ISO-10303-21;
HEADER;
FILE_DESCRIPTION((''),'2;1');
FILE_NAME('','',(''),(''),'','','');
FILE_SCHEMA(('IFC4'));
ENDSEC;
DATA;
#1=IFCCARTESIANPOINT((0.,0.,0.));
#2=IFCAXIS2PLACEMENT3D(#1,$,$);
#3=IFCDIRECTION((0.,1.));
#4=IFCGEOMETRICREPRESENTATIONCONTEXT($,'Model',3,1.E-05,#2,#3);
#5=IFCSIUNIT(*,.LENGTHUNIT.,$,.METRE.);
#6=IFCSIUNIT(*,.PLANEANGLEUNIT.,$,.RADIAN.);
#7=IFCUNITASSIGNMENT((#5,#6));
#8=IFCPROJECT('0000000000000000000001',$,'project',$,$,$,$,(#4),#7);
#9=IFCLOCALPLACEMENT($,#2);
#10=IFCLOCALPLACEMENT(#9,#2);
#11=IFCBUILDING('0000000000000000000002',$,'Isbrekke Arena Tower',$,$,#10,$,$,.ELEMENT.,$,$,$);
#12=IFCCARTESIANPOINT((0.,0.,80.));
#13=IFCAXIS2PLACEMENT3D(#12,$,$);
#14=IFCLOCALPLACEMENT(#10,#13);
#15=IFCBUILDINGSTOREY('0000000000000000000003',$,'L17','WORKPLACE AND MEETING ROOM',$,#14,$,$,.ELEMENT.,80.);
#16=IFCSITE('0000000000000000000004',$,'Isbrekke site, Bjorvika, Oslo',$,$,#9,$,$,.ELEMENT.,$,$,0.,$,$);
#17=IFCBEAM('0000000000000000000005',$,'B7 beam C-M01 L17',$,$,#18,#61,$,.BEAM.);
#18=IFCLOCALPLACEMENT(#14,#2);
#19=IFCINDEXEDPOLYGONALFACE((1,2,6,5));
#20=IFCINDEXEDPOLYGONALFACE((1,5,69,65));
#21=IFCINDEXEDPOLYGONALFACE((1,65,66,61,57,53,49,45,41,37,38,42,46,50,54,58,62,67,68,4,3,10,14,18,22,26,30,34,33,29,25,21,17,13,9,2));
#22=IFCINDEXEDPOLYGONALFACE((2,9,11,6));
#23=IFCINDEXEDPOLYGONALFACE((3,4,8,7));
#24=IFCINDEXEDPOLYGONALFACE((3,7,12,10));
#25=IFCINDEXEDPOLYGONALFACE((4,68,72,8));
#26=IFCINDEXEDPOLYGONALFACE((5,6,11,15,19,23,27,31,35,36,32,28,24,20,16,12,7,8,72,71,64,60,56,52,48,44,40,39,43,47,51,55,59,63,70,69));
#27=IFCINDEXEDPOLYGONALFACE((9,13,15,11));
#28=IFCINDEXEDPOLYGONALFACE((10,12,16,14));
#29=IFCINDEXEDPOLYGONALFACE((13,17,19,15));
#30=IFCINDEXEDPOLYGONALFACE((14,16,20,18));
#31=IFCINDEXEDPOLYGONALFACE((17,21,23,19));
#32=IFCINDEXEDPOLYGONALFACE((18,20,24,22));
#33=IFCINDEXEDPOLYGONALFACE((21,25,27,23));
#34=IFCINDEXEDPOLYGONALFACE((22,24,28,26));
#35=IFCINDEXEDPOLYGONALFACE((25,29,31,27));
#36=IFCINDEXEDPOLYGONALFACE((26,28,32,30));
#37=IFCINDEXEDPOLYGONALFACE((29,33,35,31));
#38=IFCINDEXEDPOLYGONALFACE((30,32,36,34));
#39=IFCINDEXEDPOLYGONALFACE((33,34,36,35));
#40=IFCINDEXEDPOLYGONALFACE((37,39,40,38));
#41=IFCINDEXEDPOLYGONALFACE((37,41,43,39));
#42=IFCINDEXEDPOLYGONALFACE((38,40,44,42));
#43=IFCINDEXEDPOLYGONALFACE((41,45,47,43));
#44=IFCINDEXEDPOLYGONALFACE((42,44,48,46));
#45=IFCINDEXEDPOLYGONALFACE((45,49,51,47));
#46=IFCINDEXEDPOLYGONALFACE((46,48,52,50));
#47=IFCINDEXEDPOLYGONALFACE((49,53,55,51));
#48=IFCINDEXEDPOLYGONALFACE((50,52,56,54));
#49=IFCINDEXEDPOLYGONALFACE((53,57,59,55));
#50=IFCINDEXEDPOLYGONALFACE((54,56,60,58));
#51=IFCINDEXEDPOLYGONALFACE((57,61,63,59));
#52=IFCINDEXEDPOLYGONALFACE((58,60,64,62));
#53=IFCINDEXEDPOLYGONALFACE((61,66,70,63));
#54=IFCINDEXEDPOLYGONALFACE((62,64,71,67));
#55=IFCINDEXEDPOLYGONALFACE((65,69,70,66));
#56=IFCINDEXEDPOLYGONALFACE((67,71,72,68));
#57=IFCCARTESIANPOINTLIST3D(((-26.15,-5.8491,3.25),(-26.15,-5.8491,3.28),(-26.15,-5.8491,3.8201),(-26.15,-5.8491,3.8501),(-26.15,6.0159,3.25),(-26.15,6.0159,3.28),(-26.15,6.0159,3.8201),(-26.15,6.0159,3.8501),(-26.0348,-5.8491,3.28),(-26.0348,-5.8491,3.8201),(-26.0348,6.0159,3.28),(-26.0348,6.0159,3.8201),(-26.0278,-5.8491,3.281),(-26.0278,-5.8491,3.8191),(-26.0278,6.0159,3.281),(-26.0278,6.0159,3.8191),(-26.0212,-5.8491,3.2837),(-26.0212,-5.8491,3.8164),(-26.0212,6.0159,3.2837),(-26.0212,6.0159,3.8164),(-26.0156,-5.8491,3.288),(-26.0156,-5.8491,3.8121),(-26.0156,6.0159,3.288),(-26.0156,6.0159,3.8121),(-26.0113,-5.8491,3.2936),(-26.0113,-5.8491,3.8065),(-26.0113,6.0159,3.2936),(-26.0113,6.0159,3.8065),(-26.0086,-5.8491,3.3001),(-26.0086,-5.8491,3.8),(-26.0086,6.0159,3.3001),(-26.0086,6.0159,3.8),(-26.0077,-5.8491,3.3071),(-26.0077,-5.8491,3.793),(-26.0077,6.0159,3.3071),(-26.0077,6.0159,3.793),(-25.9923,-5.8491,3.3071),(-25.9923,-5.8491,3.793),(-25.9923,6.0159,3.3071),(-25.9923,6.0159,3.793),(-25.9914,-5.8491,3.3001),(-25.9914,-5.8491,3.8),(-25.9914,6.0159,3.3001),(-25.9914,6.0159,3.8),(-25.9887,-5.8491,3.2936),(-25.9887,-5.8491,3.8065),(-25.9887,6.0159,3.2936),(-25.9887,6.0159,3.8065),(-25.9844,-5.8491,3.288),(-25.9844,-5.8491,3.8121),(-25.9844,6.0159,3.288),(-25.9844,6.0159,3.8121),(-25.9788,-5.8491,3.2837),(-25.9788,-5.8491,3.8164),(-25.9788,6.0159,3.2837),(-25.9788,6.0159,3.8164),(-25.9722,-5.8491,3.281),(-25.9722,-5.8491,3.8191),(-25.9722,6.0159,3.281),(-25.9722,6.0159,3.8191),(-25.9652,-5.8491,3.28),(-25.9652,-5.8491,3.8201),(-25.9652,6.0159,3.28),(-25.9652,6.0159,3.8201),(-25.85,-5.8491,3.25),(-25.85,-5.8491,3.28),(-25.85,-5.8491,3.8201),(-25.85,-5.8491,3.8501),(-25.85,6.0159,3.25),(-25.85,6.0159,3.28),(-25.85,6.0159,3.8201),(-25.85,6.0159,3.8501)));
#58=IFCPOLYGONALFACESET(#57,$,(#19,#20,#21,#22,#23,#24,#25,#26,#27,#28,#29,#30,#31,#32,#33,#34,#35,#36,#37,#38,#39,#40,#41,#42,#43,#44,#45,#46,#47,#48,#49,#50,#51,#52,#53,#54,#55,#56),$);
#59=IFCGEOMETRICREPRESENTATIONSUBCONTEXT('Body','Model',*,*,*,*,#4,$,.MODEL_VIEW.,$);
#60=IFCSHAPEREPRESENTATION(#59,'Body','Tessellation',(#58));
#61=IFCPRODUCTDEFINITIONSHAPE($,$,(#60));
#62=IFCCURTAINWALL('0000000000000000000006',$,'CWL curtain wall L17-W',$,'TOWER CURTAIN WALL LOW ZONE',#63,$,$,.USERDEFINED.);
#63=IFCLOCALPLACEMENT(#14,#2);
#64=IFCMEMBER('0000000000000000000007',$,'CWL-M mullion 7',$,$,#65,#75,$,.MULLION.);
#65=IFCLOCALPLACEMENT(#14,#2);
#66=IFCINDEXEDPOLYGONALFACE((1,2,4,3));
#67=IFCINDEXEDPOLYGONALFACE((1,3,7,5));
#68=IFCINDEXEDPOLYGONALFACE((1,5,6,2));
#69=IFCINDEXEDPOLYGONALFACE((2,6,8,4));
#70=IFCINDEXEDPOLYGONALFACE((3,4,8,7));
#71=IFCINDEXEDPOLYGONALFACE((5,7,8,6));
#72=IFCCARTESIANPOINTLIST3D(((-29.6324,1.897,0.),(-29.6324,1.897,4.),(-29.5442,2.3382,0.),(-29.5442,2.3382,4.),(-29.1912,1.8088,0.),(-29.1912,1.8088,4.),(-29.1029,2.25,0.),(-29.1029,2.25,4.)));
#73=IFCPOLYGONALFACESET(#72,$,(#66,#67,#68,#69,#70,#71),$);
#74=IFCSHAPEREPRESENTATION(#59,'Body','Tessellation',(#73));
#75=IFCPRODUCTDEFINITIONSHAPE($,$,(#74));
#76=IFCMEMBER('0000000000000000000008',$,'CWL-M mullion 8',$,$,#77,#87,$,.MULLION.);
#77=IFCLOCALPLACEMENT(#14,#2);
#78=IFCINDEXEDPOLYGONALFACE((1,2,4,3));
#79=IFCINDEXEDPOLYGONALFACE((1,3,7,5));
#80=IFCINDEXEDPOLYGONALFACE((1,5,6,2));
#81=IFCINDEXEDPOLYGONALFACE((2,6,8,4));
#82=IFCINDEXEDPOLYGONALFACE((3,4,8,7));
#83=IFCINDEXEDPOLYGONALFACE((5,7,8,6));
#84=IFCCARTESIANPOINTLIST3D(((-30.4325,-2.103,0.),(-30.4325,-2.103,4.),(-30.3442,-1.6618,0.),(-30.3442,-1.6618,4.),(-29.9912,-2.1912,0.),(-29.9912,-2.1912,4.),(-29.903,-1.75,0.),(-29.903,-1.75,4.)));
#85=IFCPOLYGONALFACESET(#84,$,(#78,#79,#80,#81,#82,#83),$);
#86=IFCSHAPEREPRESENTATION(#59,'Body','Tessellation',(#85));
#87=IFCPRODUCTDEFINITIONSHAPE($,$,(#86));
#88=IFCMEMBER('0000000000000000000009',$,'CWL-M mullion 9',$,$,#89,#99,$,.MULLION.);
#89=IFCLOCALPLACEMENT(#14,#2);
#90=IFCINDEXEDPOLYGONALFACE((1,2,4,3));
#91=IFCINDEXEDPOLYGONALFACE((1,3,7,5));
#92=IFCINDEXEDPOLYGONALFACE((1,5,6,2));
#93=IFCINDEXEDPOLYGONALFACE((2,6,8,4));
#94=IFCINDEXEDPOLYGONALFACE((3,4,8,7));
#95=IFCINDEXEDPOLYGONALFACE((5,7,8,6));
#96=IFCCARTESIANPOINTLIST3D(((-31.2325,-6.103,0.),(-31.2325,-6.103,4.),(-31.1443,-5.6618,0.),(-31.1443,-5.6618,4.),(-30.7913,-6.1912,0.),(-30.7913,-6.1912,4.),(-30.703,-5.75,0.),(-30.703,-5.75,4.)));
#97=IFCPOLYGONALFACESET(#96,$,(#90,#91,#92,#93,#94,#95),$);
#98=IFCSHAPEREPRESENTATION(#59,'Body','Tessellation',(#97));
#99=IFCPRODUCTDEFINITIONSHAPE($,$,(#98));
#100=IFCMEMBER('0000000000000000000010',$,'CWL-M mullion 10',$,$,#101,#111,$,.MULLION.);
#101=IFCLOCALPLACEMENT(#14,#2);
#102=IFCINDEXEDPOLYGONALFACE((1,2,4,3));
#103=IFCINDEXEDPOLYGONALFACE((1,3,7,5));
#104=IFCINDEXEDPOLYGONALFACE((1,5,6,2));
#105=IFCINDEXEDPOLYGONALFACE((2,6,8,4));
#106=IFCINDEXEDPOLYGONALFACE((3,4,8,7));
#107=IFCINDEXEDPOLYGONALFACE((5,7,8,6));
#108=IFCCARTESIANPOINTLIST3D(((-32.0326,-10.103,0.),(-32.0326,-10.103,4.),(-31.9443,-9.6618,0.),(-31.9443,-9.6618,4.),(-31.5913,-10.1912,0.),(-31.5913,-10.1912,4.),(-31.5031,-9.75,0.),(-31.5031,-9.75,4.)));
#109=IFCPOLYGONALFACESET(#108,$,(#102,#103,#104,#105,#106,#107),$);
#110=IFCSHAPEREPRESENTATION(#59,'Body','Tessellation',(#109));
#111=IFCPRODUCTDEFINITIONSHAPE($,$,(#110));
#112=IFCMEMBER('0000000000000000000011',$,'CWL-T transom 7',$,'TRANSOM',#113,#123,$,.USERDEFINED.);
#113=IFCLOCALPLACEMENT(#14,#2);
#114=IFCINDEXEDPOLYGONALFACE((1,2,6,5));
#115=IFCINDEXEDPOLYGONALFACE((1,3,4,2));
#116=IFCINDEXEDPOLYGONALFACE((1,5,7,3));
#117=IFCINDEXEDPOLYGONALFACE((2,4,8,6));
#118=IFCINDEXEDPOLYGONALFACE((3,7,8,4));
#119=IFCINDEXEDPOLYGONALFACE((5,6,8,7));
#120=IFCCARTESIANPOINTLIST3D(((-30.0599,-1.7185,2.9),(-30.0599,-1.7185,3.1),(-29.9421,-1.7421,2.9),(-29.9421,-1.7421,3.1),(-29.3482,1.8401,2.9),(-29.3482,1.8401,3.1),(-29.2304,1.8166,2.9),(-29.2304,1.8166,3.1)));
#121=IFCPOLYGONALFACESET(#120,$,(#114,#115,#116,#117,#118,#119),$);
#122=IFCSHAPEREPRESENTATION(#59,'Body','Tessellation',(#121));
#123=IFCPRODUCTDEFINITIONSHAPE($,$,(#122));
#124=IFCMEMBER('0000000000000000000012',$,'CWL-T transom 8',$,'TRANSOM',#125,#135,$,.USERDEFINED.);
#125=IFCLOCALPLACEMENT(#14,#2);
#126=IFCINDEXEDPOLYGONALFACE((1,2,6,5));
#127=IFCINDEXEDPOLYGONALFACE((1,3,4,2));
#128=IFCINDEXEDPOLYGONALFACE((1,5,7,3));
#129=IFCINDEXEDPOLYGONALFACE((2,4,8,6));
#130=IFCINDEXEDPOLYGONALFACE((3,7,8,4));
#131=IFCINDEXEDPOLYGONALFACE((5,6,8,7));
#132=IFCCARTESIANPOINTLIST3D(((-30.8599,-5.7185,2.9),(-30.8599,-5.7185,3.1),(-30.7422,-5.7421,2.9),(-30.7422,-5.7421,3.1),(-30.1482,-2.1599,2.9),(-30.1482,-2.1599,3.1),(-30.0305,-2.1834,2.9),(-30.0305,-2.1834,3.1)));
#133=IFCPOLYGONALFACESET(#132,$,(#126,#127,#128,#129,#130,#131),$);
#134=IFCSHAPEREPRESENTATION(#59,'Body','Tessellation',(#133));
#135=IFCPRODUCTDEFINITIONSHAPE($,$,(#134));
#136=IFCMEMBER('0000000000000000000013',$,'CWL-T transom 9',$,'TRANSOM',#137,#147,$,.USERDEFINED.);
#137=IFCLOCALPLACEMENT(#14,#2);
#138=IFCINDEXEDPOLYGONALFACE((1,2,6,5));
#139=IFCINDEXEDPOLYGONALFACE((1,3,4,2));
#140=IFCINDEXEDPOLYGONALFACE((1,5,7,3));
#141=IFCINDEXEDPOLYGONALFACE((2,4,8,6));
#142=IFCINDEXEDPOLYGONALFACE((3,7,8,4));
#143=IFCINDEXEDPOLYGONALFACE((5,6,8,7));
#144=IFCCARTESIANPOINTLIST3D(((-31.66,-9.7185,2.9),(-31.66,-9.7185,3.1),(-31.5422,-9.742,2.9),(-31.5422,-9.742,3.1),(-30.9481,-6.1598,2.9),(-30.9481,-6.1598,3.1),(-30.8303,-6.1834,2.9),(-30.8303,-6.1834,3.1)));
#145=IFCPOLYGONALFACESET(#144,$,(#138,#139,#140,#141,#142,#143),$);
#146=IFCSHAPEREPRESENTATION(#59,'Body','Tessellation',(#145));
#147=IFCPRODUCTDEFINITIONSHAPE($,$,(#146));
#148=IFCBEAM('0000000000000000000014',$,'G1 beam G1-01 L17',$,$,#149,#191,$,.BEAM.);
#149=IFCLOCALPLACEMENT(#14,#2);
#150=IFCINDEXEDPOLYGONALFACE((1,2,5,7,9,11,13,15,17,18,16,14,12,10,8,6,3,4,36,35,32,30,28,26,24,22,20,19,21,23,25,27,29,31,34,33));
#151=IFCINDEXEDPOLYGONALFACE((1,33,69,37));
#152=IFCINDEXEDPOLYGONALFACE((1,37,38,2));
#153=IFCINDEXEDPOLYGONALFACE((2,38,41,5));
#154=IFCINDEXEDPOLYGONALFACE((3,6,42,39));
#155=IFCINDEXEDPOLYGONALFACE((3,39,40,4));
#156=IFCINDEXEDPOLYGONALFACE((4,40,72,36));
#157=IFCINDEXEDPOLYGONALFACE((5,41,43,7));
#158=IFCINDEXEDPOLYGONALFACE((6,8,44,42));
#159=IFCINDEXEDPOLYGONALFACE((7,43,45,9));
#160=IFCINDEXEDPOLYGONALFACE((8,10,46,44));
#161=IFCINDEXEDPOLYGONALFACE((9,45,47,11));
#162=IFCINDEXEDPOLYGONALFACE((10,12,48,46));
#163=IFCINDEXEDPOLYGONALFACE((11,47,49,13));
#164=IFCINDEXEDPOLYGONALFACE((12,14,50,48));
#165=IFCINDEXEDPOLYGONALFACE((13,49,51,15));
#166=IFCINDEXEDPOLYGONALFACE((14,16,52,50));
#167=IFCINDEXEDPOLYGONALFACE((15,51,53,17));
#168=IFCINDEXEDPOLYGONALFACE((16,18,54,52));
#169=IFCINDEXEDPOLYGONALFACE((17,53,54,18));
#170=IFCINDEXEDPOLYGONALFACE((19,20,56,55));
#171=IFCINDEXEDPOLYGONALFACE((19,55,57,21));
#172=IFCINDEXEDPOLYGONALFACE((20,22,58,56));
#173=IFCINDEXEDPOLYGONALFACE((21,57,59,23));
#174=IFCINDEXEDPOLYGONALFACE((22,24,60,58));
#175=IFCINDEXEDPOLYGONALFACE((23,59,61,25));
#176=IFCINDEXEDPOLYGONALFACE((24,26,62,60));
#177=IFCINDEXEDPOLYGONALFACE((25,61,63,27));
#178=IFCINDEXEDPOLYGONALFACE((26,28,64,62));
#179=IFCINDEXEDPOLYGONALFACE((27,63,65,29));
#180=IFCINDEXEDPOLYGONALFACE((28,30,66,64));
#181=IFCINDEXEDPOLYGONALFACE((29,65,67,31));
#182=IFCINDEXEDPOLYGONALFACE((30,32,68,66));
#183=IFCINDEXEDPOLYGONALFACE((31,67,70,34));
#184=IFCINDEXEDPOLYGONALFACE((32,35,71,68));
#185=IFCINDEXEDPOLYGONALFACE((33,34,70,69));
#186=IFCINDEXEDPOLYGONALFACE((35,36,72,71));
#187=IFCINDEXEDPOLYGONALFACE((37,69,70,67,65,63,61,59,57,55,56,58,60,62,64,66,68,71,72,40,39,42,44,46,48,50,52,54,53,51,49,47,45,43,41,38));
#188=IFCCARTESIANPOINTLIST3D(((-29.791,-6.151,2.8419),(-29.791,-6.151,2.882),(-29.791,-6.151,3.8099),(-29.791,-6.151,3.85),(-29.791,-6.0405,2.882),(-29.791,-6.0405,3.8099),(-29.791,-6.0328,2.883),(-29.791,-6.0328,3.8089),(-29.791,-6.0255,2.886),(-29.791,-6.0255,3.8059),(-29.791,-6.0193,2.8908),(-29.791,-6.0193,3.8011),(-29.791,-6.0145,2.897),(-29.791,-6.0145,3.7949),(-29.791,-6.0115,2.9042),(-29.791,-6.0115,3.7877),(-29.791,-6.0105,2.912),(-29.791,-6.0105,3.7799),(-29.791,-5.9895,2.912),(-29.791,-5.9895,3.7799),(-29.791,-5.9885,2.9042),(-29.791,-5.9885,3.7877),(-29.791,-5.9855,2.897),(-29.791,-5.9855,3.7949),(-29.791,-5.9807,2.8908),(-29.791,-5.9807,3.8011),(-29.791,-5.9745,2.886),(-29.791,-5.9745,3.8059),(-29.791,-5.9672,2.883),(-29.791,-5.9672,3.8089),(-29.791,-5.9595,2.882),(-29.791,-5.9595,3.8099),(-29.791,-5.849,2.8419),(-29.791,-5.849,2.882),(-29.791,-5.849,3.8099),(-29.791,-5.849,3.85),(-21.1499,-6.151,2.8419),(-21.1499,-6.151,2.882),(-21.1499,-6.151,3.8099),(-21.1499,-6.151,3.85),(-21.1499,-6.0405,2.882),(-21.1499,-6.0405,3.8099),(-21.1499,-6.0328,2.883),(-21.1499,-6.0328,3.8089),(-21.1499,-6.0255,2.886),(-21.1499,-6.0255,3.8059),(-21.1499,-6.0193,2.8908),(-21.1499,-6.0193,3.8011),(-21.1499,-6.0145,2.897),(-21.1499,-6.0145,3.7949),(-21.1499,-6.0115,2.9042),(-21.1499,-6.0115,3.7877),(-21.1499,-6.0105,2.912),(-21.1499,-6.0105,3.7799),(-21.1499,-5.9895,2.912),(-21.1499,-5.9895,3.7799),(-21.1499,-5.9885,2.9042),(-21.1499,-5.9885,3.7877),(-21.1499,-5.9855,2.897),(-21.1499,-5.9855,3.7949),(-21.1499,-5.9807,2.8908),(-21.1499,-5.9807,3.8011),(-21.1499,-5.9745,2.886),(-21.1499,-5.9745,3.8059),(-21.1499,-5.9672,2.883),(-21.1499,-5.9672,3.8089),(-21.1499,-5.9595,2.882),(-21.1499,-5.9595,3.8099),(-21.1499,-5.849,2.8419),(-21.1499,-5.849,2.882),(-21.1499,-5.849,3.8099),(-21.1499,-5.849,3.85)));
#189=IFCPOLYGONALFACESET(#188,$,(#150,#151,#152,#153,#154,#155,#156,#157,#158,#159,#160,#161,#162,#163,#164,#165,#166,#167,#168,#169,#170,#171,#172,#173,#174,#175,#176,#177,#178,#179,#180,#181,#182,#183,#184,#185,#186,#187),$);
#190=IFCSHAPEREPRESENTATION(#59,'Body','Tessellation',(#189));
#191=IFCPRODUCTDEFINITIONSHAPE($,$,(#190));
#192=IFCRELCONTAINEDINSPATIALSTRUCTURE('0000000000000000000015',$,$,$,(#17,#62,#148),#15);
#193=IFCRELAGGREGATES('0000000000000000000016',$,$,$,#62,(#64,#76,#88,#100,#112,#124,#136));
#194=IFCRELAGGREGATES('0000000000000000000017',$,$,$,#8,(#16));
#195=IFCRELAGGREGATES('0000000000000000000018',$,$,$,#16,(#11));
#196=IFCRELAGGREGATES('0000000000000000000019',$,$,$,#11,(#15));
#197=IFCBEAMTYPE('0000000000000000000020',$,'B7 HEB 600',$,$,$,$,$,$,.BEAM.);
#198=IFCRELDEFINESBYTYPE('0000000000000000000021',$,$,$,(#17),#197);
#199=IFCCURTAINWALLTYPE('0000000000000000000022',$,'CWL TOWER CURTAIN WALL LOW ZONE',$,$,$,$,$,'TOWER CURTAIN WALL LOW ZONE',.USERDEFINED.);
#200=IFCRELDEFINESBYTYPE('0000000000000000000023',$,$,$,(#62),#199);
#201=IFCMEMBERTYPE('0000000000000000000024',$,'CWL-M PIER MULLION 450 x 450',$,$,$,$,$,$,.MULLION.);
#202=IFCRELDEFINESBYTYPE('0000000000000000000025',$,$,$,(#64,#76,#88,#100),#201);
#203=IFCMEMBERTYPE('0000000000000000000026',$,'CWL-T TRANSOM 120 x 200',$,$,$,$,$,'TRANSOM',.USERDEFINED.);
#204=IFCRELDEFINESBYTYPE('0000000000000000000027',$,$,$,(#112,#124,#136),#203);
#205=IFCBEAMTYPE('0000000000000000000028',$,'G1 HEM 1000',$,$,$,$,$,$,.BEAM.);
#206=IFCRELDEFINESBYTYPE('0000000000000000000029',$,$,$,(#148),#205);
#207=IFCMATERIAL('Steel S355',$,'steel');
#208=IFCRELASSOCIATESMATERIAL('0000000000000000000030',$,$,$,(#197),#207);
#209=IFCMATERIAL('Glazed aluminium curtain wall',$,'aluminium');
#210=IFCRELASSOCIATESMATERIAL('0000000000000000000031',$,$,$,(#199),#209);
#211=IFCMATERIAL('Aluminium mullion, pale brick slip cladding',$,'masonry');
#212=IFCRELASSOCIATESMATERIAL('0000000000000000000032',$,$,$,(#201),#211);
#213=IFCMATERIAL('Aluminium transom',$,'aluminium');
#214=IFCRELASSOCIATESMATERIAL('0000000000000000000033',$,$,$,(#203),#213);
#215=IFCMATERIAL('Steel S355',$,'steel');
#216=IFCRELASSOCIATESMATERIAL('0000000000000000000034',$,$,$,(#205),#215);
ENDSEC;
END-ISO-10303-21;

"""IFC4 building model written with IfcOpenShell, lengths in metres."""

from ifc_helpers import new_model, si_unit, direction, frame, origin, origin_2d, place, context, subcontext, project, spatial, rectangle, i_section, extrude, material, material_profile, profile_set, type_object, element, aggregate, save


model = new_model("IFC4")

# Units and contexts
model_context = context("Model", 3, precision=1e-05, world=origin(), true_north=direction((0.0, 1.0)))
body_context = subcontext(model_context, "Body", "Model", "MODEL_VIEW")
ifc_project = project(units=[si_unit("LENGTHUNIT", "METRE"), si_unit("PLANEANGLEUNIT", "RADIAN")], contexts=[model_context])

# Site, building, storey
site_placement = place(None, origin())
site = spatial("IfcSite", under=ifc_project, at=site_placement, Name="Isbrekke site, Bjorvika, Oslo", CompositionType="ELEMENT", RefElevation=0.0)
building_placement = place(site_placement, origin())
building = spatial("IfcBuilding", under=site, at=building_placement, Name="Isbrekke Arena Tower", CompositionType="ELEMENT")
storey_placement = place(building_placement, frame((0.0, 0.0, 80.0)))
storey = spatial("IfcBuildingStorey", under=building, at=storey_placement, Name="L17", Description="WORKPLACE AND MEETING ROOM", CompositionType="ELEMENT", Elevation=80.0)

# Beam
ifc_material_1 = material(Name="Steel S355", Category="steel")
ifc_material_profile_1 = material_profile(ifc_material_1, i_section(OverallWidth=0.3, OverallDepth=0.6001, WebThickness=0.0154, FlangeThickness=0.03, FilletRadius=0.0271, at=origin_2d()), Name="HEB 600")
ifc_profile_set_1 = profile_set([ifc_material_profile_1], Name="Steel S355")
beam_type_1 = type_object("IfcBeamType", Name="B7 HEB 600", PredefinedType="BEAM", material=ifc_profile_set_1)
beam_1_placement = place(storey_placement, frame((-26.0, -5.8491, 3.55), z_axis=(0.0, 1.0, 0.0), x_axis=(-1.0, 0.0, 0.0)))
element("IfcBeam", 1, at=beam_1_placement, inside=storey, type_object=beam_type_1, Name="B7 beam C-M01 L17", PredefinedType="BEAM", context=body_context, shape_type="SweptSolid", body=[
    extrude(i_section(OverallWidth=0.3, OverallDepth=0.6001, WebThickness=0.0154, FlangeThickness=0.03, FilletRadius=0.0271, at=origin_2d()), origin(), (0.0, 0.0, 1.0), 11.865),
])

# Curtain wall, members
ifc_material_2 = material(Name="Glazed aluminium curtain wall", Category="aluminium")
curtain_wall_type = type_object("IfcCurtainWallType", Name="CWL TOWER CURTAIN WALL LOW ZONE", ElementType="TOWER CURTAIN WALL LOW ZONE", PredefinedType="USERDEFINED", material=ifc_material_2)
curtain_wall_placement = place(storey_placement, origin())
curtain_wall = element("IfcCurtainWall", 2, at=curtain_wall_placement, inside=storey, type_object=curtain_wall_type, Name="CWL curtain wall L17-W", ObjectType="TOWER CURTAIN WALL LOW ZONE", PredefinedType="USERDEFINED")
ifc_material_3 = material(Name="Aluminium mullion, pale brick slip cladding", Category="masonry")
ifc_material_profile_2 = material_profile(ifc_material_3, rectangle(XDim=0.45, YDim=0.45, at=origin_2d()), Name="PIER 450X450")
ifc_profile_set_2 = profile_set([ifc_material_profile_2], Name="Aluminium mullion, pale brick slip cladding")
member_type_1 = type_object("IfcMemberType", Name="CWL-M PIER MULLION 450 x 450", PredefinedType="MULLION", material=ifc_profile_set_2)
member_1_placement = place(storey_placement, frame((-29.3677, 2.0735, 0.0), z_axis=(0.0, 0.0, 1.0), x_axis=(-0.196116, -0.980581, 0.0)))
member_1 = element("IfcMember", 3, at=member_1_placement, type_object=member_type_1, Name="CWL-M mullion 7", PredefinedType="MULLION", context=body_context, shape_type="SweptSolid", body=[
    extrude(rectangle(XDim=0.45, YDim=0.45, at=origin_2d()), origin(), (0.0, 0.0, 1.0), 4.0),
])
member_2_placement = place(storey_placement, frame((-30.1677, -1.9265, 0.0), z_axis=(0.0, 0.0, 1.0), x_axis=(-0.196116, -0.980581, 0.0)))
member_2 = element("IfcMember", 4, at=member_2_placement, type_object=member_type_1, Name="CWL-M mullion 8", PredefinedType="MULLION", context=body_context, shape_type="SweptSolid", body=[
    extrude(rectangle(XDim=0.45, YDim=0.45, at=origin_2d()), origin(), (0.0, 0.0, 1.0), 4.0),
])
member_3_placement = place(storey_placement, frame((-30.9678, -5.9265, 0.0), z_axis=(0.0, 0.0, 1.0), x_axis=(-0.196116, -0.980581, 0.0)))
member_3 = element("IfcMember", 5, at=member_3_placement, type_object=member_type_1, Name="CWL-M mullion 9", PredefinedType="MULLION", context=body_context, shape_type="SweptSolid", body=[
    extrude(rectangle(XDim=0.45, YDim=0.45, at=origin_2d()), origin(), (0.0, 0.0, 1.0), 4.0),
])
member_4_placement = place(storey_placement, frame((-31.7678, -9.9265, 0.0), z_axis=(0.0, 0.0, 1.0), x_axis=(-0.196116, -0.980581, 0.0)))
member_4 = element("IfcMember", 6, at=member_4_placement, type_object=member_type_1, Name="CWL-M mullion 10", PredefinedType="MULLION", context=body_context, shape_type="SweptSolid", body=[
    extrude(rectangle(XDim=0.45, YDim=0.45, at=origin_2d()), origin(), (0.0, 0.0, 1.0), 4.0),
])
ifc_material_4 = material(Name="Aluminium transom", Category="aluminium")
ifc_material_profile_3 = material_profile(ifc_material_4, rectangle(XDim=0.1201, YDim=0.2, at=origin_2d()), Name="TRANSOM 120X200")
ifc_profile_set_3 = profile_set([ifc_material_profile_3], Name="Aluminium transom")
member_type_2 = type_object("IfcMemberType", Name="CWL-T TRANSOM 120 x 200", ElementType="TRANSOM", PredefinedType="USERDEFINED", material=ifc_profile_set_3)
member_5_placement = place(storey_placement, frame((-29.2893, 1.8284, 3.0), z_axis=(-0.196103, -0.980583, 0.0), x_axis=(0.980583, -0.196103, 0.0)))
member_5 = element("IfcMember", 7, at=member_5_placement, type_object=member_type_2, Name="CWL-T transom 7", ObjectType="TRANSOM", PredefinedType="USERDEFINED", context=body_context, shape_type="SweptSolid", body=[
    extrude(rectangle(XDim=0.1201, YDim=0.2, at=origin_2d()), origin(), (0.0, 0.0, 1.0), 3.6292),
])
member_6_placement = place(storey_placement, frame((-30.0894, -2.1716, 3.0), z_axis=(-0.196103, -0.980583, 0.0), x_axis=(0.980583, -0.196103, 0.0)))
member_6 = element("IfcMember", 8, at=member_6_placement, type_object=member_type_2, Name="CWL-T transom 8", ObjectType="TRANSOM", PredefinedType="USERDEFINED", context=body_context, shape_type="SweptSolid", body=[
    extrude(rectangle(XDim=0.1201, YDim=0.2, at=origin_2d()), origin(), (0.0, 0.0, 1.0), 3.6292),
])
member_7_placement = place(storey_placement, frame((-30.8892, -6.1716, 3.0), z_axis=(-0.196168, -0.98057, 0.0), x_axis=(0.98057, -0.196168, 0.0)))
member_7 = element("IfcMember", 9, at=member_7_placement, type_object=member_type_2, Name="CWL-T transom 9", ObjectType="TRANSOM", PredefinedType="USERDEFINED", context=body_context, shape_type="SweptSolid", body=[
    extrude(rectangle(XDim=0.1201, YDim=0.2, at=origin_2d()), origin(), (0.0, 0.0, 1.0), 3.6292),
])

# Beam
ifc_material_5 = material(Name="Steel S355", Category="steel")
ifc_material_profile_4 = material_profile(ifc_material_5, i_section(OverallWidth=0.302, OverallDepth=1.0081, WebThickness=0.021, FlangeThickness=0.04, FilletRadius=0.03, at=origin_2d()), Name="HEM 1000")
ifc_profile_set_4 = profile_set([ifc_material_profile_4], Name="Steel S355")
beam_type_2 = type_object("IfcBeamType", Name="G1 HEM 1000", PredefinedType="BEAM", material=ifc_profile_set_4)
beam_2_placement = place(storey_placement, frame((-29.791, -6.0, 3.3459), z_axis=(1.0, 0.0, 0.0), x_axis=(0.0, 1.0, 0.0)))
element("IfcBeam", 10, at=beam_2_placement, inside=storey, type_object=beam_type_2, Name="G1 beam G1-01 L17", PredefinedType="BEAM", context=body_context, shape_type="SweptSolid", body=[
    extrude(i_section(OverallWidth=0.302, OverallDepth=1.0081, WebThickness=0.021, FlangeThickness=0.04, FilletRadius=0.03, at=origin_2d()), origin(), (0.0, 0.0, 1.0), 8.6411),
])

aggregate(curtain_wall, [member_1, member_2, member_3, member_4, member_5, member_6, member_7])

save(model, "model.ifc")
